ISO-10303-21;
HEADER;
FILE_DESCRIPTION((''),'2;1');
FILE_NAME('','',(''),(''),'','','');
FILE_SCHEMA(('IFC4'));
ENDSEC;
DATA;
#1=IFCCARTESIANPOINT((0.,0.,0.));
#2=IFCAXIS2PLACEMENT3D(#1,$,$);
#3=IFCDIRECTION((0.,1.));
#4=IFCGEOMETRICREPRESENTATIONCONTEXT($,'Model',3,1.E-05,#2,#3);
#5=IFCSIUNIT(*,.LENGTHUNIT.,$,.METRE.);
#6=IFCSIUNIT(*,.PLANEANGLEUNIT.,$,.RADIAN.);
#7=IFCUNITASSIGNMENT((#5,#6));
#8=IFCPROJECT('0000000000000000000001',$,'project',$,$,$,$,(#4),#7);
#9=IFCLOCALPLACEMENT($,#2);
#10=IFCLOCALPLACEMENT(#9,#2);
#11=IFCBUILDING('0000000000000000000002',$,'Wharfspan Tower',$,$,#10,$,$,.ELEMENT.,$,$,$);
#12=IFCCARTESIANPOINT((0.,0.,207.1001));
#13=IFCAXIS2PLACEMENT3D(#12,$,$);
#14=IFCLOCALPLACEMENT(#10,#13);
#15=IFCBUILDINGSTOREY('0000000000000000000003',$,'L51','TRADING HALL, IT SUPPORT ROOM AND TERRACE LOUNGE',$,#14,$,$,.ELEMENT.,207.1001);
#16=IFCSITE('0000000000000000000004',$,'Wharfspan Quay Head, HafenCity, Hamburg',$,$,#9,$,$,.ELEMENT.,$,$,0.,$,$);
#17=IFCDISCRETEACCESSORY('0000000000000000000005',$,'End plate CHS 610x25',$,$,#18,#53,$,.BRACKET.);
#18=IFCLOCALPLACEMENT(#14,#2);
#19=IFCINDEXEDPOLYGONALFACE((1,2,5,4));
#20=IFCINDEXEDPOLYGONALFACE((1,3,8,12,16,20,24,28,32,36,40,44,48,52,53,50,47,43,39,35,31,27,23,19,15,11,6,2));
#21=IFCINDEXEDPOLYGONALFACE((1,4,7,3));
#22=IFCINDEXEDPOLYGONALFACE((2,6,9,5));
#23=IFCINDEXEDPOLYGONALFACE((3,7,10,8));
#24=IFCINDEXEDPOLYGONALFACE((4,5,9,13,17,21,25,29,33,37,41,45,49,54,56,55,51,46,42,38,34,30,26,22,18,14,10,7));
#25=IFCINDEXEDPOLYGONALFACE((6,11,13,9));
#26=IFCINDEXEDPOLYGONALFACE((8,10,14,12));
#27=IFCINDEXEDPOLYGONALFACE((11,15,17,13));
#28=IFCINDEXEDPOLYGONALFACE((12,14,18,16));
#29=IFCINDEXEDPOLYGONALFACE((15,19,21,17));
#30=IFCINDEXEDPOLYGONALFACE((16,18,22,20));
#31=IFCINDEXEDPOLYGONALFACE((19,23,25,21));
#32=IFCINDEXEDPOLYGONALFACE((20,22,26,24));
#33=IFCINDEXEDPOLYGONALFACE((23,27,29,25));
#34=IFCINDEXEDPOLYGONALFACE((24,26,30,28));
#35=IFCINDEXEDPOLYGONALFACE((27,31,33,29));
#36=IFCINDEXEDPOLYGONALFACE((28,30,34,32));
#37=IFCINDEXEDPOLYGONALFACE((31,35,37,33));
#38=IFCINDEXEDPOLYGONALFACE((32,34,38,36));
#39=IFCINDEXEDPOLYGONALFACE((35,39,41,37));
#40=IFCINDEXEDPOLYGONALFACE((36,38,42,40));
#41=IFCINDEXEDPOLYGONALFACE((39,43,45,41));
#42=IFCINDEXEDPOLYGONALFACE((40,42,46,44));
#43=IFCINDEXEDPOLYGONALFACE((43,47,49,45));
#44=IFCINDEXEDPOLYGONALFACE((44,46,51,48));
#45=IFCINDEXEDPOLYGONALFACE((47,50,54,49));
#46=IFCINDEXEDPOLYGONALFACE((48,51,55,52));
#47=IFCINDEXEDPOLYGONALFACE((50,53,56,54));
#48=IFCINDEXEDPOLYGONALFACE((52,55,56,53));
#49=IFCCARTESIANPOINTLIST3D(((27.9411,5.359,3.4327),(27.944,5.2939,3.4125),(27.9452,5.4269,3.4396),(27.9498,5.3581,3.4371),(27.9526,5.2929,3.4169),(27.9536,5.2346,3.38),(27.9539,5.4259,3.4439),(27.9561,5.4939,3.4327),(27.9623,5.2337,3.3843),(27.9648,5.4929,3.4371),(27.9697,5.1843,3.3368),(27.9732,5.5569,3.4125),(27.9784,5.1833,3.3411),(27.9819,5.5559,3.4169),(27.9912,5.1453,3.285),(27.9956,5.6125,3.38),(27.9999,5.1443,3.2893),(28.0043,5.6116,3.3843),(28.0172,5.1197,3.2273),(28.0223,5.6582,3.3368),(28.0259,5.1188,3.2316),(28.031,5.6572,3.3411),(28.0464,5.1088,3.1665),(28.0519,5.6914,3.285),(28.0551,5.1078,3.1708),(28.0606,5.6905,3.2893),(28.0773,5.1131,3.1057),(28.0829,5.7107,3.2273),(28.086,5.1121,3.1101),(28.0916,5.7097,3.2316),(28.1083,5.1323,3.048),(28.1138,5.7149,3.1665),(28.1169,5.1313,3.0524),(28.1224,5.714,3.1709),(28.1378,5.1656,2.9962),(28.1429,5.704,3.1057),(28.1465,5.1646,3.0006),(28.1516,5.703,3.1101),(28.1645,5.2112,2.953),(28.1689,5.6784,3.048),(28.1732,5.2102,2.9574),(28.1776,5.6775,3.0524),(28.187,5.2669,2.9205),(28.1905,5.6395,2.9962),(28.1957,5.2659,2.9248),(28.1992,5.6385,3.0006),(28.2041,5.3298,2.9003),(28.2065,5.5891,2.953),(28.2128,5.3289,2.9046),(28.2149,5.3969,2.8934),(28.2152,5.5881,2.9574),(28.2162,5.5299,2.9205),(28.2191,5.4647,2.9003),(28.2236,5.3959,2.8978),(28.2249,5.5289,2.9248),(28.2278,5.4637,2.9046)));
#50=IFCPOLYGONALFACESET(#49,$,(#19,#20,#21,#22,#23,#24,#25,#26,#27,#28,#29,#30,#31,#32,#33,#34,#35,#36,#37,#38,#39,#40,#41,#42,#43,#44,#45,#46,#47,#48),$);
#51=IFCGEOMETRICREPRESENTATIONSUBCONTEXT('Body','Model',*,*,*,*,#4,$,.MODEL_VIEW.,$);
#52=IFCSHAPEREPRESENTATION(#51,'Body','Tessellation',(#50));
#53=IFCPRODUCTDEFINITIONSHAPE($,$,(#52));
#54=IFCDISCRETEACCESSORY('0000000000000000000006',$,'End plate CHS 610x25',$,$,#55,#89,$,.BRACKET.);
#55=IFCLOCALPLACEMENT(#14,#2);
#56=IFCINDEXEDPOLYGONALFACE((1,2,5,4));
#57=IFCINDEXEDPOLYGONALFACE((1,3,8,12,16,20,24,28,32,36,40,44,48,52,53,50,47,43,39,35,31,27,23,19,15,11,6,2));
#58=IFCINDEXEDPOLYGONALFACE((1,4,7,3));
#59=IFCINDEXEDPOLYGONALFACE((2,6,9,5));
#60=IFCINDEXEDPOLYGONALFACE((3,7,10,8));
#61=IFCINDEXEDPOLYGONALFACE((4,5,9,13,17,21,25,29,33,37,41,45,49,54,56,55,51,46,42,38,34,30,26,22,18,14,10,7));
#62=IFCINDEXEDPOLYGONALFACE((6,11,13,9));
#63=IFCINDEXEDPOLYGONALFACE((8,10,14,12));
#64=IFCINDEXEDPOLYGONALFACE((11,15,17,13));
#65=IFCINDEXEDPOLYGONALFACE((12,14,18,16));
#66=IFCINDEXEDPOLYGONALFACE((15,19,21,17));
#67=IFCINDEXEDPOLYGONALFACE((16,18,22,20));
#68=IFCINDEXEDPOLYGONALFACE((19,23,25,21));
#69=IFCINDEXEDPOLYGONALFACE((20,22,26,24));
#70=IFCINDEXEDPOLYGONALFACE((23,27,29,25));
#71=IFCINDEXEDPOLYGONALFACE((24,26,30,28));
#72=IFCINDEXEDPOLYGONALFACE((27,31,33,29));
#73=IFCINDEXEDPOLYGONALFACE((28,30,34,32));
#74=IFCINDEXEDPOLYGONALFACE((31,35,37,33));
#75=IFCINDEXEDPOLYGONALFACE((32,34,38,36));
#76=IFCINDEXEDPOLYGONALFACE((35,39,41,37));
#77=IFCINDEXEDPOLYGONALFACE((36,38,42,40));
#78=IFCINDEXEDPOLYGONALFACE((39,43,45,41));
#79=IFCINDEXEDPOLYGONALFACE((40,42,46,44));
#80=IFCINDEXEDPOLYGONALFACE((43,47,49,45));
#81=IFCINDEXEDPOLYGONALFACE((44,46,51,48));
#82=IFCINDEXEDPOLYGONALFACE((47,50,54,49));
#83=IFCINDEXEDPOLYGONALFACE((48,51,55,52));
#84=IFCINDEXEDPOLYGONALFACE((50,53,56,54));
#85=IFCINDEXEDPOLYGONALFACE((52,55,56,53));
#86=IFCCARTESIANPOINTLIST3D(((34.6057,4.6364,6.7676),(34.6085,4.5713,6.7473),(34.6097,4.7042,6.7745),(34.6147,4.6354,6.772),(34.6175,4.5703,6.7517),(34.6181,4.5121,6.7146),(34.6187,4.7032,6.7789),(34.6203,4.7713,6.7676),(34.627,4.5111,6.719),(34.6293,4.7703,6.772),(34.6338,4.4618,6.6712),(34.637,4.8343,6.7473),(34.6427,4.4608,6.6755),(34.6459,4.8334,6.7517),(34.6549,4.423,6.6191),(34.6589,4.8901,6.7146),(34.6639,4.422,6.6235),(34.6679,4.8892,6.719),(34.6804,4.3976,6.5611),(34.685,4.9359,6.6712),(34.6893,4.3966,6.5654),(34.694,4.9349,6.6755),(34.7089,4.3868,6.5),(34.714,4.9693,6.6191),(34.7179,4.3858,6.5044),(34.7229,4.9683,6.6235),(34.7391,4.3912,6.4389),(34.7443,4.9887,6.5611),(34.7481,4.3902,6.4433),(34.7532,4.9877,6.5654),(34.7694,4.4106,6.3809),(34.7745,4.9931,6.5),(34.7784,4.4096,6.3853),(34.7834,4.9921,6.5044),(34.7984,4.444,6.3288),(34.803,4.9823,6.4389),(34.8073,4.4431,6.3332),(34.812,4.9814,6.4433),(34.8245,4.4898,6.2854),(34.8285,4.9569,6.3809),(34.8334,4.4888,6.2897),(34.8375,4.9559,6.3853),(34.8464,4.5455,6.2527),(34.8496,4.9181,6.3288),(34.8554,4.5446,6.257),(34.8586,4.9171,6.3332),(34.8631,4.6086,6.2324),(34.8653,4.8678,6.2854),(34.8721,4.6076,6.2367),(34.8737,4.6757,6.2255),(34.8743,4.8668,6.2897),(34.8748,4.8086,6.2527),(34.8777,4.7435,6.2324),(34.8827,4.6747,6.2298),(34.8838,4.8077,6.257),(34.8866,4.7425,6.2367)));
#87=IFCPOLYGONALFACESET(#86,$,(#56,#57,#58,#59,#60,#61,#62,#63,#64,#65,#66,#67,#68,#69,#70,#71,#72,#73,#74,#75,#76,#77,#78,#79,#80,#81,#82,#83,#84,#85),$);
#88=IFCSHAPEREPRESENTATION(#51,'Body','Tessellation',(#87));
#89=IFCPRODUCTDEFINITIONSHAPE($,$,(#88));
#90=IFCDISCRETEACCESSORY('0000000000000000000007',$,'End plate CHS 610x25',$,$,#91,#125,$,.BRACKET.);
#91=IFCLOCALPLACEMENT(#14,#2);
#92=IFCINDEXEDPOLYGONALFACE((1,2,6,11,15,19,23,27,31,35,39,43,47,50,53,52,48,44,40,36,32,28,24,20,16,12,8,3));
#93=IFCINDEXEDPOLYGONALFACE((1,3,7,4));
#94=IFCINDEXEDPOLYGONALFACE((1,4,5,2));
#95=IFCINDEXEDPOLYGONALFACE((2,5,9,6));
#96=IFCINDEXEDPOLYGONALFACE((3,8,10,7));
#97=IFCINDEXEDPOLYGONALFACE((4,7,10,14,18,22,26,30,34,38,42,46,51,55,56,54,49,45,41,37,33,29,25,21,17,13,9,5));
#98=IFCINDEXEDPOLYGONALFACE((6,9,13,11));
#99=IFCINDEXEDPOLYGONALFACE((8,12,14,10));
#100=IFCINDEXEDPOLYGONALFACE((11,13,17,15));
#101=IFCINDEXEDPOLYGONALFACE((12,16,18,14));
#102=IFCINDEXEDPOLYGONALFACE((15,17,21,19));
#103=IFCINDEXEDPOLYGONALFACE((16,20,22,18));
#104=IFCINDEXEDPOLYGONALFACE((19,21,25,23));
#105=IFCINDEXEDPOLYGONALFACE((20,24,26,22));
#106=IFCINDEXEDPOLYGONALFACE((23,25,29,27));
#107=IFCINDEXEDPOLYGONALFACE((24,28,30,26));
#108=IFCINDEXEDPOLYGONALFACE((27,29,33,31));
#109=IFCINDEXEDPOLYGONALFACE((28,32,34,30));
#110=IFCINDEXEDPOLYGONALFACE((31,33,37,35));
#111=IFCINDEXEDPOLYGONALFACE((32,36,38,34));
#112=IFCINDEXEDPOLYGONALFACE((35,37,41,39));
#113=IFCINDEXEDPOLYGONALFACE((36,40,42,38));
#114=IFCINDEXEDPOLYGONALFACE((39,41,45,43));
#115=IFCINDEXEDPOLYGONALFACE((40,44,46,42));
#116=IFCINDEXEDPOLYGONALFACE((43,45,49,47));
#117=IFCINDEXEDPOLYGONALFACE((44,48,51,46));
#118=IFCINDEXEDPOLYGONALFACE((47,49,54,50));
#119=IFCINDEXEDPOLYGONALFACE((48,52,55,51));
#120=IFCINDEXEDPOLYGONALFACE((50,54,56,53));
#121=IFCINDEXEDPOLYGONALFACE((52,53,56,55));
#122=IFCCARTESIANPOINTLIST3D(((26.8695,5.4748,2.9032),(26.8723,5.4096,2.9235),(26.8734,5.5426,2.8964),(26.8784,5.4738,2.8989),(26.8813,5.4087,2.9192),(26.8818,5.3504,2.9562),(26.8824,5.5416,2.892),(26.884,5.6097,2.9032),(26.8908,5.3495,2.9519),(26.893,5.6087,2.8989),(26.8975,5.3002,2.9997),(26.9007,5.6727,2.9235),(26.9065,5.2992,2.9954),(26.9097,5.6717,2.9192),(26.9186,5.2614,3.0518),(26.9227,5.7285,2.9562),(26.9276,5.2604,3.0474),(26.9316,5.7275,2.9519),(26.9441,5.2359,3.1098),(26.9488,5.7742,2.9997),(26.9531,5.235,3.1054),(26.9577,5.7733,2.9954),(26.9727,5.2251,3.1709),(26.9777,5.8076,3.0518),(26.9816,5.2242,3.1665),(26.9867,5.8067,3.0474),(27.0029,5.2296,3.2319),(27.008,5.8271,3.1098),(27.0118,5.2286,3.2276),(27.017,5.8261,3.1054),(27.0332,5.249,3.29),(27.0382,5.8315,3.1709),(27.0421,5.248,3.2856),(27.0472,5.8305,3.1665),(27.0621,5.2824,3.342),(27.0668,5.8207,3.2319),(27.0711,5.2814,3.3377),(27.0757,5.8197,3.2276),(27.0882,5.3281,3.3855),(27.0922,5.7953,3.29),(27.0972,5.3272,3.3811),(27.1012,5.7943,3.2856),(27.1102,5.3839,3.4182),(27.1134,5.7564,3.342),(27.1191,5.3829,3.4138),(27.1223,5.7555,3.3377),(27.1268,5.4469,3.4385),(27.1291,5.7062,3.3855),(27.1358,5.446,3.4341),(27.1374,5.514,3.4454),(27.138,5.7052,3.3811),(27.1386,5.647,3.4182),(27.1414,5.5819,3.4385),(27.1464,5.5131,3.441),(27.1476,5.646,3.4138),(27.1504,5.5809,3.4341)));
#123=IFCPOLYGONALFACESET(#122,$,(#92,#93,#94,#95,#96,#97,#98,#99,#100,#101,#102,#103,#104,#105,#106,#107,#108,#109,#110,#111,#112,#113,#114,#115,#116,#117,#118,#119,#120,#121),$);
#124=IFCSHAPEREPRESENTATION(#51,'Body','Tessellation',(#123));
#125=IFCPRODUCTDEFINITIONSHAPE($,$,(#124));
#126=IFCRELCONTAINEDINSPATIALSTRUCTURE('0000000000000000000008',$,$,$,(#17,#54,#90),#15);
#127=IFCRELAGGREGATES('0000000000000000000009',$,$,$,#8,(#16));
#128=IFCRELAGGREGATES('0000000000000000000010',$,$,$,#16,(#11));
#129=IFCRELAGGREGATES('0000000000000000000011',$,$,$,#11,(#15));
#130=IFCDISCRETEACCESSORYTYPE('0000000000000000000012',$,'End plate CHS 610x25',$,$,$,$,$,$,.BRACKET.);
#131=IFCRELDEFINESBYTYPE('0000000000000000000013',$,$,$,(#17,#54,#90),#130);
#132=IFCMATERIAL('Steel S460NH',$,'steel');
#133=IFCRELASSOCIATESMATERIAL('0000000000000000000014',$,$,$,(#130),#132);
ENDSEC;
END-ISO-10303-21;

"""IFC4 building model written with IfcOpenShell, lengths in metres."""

from ifc_helpers import new_model, si_unit, direction, frame, origin, origin_2d, place, context, subcontext, project, spatial, circle, extrude, material, material_profile, profile_set, type_object, element, save


model = new_model("IFC4")

# Units and contexts
model_context = context("Model", 3, precision=1e-05, world=origin(), true_north=direction((0.0, 1.0)))
body_context = subcontext(model_context, "Body", "Model", "MODEL_VIEW")
ifc_project = project(units=[si_unit("LENGTHUNIT", "METRE"), si_unit("PLANEANGLEUNIT", "RADIAN")], contexts=[model_context])

# Site, building, storey
site_placement = place(None, origin())
site = spatial("IfcSite", under=ifc_project, at=site_placement, Name="Wharfspan Quay Head, HafenCity, Hamburg", CompositionType="ELEMENT", RefElevation=0.0)
building_placement = place(site_placement, origin())
building = spatial("IfcBuilding", under=site, at=building_placement, Name="Wharfspan Tower", CompositionType="ELEMENT")
storey_placement = place(building_placement, frame((0.0, 0.0, 207.1001)))
storey = spatial("IfcBuildingStorey", under=building, at=storey_placement, Name="L51", Description="TRADING HALL, IT SUPPORT ROOM AND TERRACE LOUNGE", CompositionType="ELEMENT", Elevation=207.1001)

# Shared definitions
ifc_material_1 = material(Name="Steel S460NH", Category="steel")

# Discrete accessories
ifc_material_profile_1 = material_profile(ifc_material_1, circle(Radius=0.3049, at=origin_2d()))
ifc_profile_set_1 = profile_set([ifc_material_profile_1], Name="Steel S460NH")
discrete_accessory_type = type_object("IfcDiscreteAccessoryType", Name="End plate CHS 610x25", PredefinedType="BRACKET", material=ifc_profile_set_1)
discrete_accessory_placement = place(storey_placement, frame((28.0801, 5.4119, 3.1665), z_axis=(0.890043, -0.098894, 0.445021), x_axis=(0.110431, 0.99388, 0.000001)))
element("IfcDiscreteAccessory", 1, at=discrete_accessory_placement, inside=storey, type_object=discrete_accessory_type, Name="End plate CHS 610x25", PredefinedType="BRACKET", context=body_context, shape_type="SweptSolid", body=[
    extrude(circle(Radius=0.3049, at=origin_2d()), origin(), (0.0, 0.0, 1.0), 0.0098),
])
for number, where, z_axis, x_axis, name in (
    (2, (34.7417, 4.6899, 6.5), (0.895016, -0.096758, 0.435413), (0.107482, 0.994209, -0.000001), "End plate CHS 610x25"),
    (3, (27.0144, 5.5273, 3.1665), (-0.895016, 0.096758, 0.435413), (-0.107482, -0.994209, -0.000001), "End plate CHS 610x25"),
):
    element("IfcDiscreteAccessory", number, at=place(storey_placement, frame(where, z_axis=z_axis, x_axis=x_axis)), inside=storey, type_object=discrete_accessory_type, Name=name, PredefinedType="BRACKET", context=body_context, shape_type="SweptSolid", body=[
        extrude(circle(Radius=0.3049, at=origin_2d()), origin(), (0.0, 0.0, 1.0), 0.01),
    ])

save(model, "model.ifc")
